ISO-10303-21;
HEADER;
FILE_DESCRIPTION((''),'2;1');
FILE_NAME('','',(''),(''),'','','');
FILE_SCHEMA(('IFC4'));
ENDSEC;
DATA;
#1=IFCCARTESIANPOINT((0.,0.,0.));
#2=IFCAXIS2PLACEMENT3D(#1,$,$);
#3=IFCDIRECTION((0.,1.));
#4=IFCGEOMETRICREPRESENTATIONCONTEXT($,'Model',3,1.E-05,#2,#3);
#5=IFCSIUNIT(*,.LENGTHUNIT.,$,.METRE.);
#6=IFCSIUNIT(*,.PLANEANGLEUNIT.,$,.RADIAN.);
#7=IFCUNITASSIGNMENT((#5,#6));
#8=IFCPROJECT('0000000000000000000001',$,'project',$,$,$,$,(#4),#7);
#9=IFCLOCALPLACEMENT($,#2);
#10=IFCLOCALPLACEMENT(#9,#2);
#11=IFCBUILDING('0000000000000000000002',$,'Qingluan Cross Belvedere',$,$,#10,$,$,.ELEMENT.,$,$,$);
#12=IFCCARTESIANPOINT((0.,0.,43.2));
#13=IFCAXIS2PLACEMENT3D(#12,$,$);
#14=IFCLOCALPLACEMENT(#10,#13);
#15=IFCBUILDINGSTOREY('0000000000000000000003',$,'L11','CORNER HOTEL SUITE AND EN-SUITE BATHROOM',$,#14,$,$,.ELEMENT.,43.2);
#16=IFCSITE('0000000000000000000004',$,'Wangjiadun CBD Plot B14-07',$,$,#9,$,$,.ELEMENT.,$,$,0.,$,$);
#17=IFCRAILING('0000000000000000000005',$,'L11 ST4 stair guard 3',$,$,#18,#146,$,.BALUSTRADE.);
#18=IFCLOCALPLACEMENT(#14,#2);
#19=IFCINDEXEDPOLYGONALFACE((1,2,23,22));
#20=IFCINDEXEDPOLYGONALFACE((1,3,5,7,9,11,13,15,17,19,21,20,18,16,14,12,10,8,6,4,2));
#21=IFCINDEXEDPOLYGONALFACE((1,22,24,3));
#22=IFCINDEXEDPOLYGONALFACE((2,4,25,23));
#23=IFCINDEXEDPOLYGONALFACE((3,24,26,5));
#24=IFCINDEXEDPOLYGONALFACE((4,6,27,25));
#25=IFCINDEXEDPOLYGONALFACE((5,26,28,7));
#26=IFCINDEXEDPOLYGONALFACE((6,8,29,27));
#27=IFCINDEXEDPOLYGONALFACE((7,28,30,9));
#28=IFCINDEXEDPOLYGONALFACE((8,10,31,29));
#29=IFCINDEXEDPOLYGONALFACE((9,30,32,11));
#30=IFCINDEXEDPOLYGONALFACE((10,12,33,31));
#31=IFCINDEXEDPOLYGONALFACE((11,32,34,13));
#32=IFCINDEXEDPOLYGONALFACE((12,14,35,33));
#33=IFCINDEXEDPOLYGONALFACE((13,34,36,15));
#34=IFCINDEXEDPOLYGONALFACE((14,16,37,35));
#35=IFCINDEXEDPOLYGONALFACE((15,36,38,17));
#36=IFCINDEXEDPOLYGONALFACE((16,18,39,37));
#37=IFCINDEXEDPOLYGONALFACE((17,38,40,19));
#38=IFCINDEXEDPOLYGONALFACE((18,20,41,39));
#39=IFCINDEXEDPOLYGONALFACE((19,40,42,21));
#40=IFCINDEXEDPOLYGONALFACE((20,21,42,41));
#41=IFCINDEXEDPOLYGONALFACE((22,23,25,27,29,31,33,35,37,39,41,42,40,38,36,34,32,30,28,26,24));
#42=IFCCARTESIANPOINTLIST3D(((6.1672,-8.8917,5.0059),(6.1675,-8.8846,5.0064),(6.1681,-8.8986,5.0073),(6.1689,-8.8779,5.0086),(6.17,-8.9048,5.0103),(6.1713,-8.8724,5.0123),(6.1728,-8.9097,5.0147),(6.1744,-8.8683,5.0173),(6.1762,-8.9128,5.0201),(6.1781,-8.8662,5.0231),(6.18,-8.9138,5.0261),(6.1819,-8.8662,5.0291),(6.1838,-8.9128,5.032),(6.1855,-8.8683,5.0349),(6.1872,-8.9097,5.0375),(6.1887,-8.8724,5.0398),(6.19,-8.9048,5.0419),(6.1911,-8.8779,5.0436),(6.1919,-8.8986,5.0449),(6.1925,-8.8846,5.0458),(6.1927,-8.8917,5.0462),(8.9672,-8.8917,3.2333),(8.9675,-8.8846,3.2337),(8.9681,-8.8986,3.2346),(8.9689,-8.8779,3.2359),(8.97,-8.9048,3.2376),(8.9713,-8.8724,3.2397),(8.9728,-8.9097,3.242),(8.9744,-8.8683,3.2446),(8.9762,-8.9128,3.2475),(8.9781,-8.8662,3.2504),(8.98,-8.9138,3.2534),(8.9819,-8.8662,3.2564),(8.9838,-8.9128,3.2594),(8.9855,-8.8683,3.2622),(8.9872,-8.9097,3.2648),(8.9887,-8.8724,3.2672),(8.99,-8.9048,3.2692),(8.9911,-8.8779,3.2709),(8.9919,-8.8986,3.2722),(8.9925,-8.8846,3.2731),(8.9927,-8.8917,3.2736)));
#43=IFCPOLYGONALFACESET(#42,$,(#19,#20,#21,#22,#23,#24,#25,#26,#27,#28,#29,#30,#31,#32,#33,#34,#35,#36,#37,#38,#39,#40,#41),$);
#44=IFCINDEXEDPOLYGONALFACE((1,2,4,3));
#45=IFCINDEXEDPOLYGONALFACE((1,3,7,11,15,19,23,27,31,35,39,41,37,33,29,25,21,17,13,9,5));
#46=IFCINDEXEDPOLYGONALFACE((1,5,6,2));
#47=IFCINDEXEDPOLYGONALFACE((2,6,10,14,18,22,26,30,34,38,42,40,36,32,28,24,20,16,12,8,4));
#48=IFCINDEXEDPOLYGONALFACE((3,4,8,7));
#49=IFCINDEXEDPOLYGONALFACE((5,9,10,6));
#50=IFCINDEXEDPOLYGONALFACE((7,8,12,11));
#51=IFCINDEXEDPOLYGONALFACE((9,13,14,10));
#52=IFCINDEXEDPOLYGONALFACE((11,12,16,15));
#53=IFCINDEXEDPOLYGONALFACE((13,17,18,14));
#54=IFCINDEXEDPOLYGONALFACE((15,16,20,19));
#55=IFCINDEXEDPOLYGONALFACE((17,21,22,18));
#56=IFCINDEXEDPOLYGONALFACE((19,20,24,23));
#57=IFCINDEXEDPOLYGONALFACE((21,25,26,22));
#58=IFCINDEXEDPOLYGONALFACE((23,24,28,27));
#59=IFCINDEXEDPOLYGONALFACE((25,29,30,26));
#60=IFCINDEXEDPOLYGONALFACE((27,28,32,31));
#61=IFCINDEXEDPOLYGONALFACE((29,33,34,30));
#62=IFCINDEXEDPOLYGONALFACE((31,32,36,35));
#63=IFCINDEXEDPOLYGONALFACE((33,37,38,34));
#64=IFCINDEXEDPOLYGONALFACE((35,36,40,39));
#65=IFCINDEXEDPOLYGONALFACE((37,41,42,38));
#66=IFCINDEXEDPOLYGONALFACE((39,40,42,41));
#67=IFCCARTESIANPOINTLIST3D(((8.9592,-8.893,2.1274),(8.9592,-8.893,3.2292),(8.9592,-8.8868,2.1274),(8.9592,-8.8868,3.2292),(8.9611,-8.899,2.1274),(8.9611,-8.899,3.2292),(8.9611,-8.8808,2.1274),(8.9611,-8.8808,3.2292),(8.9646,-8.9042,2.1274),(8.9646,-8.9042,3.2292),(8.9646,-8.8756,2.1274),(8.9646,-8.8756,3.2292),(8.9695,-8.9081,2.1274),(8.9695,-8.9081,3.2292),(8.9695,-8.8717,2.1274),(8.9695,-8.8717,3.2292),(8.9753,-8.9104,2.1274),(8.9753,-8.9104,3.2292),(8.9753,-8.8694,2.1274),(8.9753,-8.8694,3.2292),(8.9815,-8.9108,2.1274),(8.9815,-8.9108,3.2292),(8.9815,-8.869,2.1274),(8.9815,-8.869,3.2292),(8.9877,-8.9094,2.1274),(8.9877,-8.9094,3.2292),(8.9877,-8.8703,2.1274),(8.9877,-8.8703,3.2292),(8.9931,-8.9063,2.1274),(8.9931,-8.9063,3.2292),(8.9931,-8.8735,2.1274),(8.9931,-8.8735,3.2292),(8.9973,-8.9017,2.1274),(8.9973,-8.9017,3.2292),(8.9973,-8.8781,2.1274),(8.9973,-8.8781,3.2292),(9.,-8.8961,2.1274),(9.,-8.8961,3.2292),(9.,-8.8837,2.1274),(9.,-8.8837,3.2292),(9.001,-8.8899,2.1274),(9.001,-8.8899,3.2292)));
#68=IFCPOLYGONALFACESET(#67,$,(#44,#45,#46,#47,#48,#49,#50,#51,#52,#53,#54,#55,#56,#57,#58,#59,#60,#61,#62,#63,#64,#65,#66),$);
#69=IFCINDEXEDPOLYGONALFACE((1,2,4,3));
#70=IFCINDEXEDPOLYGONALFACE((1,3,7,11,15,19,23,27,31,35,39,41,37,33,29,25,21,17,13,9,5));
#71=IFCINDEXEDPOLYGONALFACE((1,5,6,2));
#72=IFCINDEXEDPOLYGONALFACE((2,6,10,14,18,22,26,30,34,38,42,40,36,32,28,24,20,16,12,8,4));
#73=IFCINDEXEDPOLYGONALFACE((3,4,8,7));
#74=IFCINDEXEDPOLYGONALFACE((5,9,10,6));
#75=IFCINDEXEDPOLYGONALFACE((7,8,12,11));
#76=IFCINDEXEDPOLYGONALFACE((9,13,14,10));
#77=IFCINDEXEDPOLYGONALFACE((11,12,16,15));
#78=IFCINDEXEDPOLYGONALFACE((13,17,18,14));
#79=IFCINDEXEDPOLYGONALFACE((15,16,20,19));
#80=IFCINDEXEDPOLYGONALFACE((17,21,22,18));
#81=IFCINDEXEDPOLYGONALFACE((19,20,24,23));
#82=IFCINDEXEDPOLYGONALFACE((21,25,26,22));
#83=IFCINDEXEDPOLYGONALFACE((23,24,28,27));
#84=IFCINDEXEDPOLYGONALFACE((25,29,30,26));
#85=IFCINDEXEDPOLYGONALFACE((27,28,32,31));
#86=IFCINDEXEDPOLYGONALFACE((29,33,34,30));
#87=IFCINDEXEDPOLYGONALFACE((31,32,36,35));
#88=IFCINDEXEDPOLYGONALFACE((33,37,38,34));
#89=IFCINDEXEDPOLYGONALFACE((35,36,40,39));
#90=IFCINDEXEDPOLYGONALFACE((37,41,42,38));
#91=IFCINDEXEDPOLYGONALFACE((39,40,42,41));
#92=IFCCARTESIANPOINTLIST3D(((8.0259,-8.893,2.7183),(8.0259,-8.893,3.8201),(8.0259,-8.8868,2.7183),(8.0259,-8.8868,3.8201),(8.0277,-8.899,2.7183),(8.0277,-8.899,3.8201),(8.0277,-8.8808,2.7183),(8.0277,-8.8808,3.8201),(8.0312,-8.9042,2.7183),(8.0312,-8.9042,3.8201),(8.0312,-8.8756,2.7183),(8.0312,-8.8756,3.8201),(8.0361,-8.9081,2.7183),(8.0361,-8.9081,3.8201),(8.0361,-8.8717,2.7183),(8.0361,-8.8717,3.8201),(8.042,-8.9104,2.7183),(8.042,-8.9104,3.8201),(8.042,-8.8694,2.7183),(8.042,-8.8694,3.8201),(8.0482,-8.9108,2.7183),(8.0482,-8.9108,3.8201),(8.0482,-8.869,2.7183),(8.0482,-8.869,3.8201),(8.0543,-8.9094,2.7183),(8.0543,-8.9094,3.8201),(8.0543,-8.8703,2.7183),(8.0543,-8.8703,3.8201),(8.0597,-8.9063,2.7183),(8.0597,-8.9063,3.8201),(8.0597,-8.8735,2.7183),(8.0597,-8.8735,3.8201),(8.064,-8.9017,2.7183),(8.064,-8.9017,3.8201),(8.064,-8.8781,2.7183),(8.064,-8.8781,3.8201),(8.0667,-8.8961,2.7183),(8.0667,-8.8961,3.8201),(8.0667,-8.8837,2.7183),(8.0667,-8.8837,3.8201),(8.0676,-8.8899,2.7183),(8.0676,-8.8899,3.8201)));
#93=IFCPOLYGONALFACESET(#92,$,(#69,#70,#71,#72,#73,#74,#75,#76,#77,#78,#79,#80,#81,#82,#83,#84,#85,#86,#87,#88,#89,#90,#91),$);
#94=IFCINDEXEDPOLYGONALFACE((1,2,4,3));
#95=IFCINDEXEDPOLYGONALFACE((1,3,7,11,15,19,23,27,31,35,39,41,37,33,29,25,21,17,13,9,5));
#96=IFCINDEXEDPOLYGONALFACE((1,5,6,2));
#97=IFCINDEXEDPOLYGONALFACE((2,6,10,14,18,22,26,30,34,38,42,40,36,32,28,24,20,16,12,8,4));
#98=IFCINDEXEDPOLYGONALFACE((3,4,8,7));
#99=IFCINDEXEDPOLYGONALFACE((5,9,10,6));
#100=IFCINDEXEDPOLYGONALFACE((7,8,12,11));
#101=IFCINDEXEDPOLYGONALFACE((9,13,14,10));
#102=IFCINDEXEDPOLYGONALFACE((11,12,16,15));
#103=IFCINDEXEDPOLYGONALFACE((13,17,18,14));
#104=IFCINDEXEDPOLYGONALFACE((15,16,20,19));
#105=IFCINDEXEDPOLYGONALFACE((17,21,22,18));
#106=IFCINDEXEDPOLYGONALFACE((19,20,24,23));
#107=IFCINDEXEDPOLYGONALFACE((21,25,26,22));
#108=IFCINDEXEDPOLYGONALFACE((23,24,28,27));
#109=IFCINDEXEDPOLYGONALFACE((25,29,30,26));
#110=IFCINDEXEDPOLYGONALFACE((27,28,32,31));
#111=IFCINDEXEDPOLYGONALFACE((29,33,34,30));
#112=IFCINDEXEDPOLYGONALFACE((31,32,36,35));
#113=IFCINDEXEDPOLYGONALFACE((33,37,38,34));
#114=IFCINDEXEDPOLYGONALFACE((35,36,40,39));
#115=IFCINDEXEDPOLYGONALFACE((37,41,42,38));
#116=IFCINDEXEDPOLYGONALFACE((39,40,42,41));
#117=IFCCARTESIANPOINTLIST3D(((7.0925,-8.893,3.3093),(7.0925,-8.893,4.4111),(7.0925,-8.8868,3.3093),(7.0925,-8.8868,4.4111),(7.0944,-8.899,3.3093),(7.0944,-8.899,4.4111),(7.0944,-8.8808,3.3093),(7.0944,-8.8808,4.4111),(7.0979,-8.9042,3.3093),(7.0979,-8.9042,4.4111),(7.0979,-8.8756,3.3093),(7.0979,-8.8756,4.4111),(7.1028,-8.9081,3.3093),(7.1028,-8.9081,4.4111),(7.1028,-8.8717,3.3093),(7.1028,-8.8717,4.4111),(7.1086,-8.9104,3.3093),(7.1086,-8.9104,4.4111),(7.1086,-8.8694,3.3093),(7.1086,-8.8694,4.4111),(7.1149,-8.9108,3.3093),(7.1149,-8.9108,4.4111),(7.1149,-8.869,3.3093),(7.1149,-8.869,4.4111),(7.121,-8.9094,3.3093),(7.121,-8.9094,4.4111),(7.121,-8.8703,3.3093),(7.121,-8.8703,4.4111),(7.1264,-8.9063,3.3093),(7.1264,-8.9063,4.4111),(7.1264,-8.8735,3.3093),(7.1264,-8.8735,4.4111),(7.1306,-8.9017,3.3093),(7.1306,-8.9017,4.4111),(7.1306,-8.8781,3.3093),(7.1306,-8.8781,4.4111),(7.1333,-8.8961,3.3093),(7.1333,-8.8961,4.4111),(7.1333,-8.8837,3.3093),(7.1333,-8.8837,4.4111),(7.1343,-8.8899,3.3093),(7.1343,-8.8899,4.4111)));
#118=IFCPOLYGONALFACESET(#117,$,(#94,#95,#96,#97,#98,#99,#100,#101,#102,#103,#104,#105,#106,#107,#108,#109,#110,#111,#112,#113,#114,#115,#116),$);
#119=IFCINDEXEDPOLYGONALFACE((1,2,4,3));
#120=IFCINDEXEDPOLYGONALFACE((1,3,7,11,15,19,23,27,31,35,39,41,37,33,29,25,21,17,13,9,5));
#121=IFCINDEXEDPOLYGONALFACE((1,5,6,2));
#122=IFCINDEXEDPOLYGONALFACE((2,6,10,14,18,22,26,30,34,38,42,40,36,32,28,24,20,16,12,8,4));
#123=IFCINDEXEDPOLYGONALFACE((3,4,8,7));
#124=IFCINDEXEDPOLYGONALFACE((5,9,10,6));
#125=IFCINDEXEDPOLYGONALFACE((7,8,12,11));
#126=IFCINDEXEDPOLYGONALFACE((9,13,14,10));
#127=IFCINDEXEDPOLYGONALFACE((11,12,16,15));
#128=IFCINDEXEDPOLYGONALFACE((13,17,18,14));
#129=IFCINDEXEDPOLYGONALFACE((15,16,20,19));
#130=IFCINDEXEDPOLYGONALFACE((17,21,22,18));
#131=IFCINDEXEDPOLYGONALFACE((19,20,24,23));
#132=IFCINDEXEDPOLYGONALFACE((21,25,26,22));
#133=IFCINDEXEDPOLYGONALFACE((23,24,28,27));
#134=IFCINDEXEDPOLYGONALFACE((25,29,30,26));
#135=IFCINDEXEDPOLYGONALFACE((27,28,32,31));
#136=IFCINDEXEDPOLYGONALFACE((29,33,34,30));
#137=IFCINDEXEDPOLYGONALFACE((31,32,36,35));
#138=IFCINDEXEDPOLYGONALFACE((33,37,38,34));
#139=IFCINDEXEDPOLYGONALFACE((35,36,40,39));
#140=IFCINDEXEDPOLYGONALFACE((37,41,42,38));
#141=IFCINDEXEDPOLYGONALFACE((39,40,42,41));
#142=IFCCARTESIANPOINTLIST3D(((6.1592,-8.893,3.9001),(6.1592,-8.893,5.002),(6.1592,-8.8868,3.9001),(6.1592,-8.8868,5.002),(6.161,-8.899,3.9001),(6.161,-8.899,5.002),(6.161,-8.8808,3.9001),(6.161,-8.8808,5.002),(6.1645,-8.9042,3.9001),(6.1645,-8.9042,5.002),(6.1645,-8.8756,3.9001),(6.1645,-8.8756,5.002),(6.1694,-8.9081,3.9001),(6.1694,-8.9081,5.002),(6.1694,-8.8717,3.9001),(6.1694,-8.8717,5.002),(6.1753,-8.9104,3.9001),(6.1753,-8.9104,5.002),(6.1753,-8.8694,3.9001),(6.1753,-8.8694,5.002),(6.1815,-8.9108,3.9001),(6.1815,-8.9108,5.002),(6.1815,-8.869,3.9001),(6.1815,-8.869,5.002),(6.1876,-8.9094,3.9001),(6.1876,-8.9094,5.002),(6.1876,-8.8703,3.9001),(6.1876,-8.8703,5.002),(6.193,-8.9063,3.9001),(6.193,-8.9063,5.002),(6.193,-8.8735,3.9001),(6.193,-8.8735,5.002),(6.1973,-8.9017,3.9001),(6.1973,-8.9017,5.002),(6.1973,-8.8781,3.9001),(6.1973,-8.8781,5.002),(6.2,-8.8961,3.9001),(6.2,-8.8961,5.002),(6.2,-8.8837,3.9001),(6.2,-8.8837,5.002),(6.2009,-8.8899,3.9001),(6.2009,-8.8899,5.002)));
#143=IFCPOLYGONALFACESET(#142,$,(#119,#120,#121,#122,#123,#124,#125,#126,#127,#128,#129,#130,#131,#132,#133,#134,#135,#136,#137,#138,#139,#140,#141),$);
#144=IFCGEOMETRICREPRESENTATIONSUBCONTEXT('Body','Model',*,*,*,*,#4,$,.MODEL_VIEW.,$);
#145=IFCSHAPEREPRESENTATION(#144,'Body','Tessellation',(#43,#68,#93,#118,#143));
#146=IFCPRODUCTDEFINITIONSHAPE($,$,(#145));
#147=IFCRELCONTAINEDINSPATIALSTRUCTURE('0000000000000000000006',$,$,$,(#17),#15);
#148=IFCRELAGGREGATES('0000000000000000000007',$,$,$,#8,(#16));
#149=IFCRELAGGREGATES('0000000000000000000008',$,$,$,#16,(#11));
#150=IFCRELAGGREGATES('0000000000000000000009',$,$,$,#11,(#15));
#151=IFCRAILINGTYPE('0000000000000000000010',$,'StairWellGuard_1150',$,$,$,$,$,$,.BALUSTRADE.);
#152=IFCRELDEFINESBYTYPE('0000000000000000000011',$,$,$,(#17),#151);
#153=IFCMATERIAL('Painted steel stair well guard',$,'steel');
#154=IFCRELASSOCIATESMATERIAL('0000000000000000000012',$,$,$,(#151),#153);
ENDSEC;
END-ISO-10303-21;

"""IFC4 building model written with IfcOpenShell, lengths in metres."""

from ifc_helpers import new_model, si_unit, direction, frame, origin, origin_2d, place, context, subcontext, project, spatial, circle, extrude, material, type_object, element, save


model = new_model("IFC4")

# Units and contexts
model_context = context("Model", 3, precision=1e-05, world=origin(), true_north=direction((0.0, 1.0)))
body_context = subcontext(model_context, "Body", "Model", "MODEL_VIEW")
ifc_project = project(units=[si_unit("LENGTHUNIT", "METRE"), si_unit("PLANEANGLEUNIT", "RADIAN")], contexts=[model_context])

# Site, building, storey
site_placement = place(None, origin())
site = spatial("IfcSite", under=ifc_project, at=site_placement, Name="Wangjiadun CBD Plot B14-07", CompositionType="ELEMENT", RefElevation=0.0)
building_placement = place(site_placement, origin())
building = spatial("IfcBuilding", under=site, at=building_placement, Name="Qingluan Cross Belvedere", CompositionType="ELEMENT")
storey_placement = place(building_placement, frame((0.0, 0.0, 43.2)))
storey = spatial("IfcBuildingStorey", under=building, at=storey_placement, Name="L11", Description="CORNER HOTEL SUITE AND EN-SUITE BATHROOM", CompositionType="ELEMENT", Elevation=43.2)

# Railing
ifc_material_1 = material(Name="Painted steel stair well guard", Category="steel")
railing_type_1 = type_object("IfcRailingType", Name="StairWellGuard_1150", PredefinedType="BALUSTRADE", material=ifc_material_1)
railing_1_placement = place(storey_placement, frame((8.98, -8.8899, 2.1274)))
element("IfcRailing", 1, at=railing_1_placement, inside=storey, type_object=railing_type_1, Name="L11 ST4 stair guard 3", PredefinedType="BALUSTRADE", context=body_context, shape_type="SweptSolid", body=[
    extrude(circle(Radius=0.0239, at=origin_2d()), frame((0.0, 0.0, 1.126), z_axis=(-0.844909, 0.0, 0.53491), x_axis=(0.0, -1.0, 0.0)), (0.0, 0.0, 1.0), 3.314),
    extrude(circle(Radius=0.021, at=origin_2d()), origin(), (0.0, 0.0, 1.0), 1.1018),
    extrude(circle(Radius=0.021, at=origin_2d()), frame((-0.9333, 0.0, 0.5908)), (0.0, 0.0, 1.0), 1.1018),
    extrude(circle(Radius=0.021, at=origin_2d()), frame((-1.8667, 0.0, 1.1819)), (0.0, 0.0, 1.0), 1.1018),
    extrude(circle(Radius=0.021, at=origin_2d()), frame((-2.8, 0.0, 1.7727)), (0.0, 0.0, 1.0), 1.1018),
])

save(model, "model.ifc")
